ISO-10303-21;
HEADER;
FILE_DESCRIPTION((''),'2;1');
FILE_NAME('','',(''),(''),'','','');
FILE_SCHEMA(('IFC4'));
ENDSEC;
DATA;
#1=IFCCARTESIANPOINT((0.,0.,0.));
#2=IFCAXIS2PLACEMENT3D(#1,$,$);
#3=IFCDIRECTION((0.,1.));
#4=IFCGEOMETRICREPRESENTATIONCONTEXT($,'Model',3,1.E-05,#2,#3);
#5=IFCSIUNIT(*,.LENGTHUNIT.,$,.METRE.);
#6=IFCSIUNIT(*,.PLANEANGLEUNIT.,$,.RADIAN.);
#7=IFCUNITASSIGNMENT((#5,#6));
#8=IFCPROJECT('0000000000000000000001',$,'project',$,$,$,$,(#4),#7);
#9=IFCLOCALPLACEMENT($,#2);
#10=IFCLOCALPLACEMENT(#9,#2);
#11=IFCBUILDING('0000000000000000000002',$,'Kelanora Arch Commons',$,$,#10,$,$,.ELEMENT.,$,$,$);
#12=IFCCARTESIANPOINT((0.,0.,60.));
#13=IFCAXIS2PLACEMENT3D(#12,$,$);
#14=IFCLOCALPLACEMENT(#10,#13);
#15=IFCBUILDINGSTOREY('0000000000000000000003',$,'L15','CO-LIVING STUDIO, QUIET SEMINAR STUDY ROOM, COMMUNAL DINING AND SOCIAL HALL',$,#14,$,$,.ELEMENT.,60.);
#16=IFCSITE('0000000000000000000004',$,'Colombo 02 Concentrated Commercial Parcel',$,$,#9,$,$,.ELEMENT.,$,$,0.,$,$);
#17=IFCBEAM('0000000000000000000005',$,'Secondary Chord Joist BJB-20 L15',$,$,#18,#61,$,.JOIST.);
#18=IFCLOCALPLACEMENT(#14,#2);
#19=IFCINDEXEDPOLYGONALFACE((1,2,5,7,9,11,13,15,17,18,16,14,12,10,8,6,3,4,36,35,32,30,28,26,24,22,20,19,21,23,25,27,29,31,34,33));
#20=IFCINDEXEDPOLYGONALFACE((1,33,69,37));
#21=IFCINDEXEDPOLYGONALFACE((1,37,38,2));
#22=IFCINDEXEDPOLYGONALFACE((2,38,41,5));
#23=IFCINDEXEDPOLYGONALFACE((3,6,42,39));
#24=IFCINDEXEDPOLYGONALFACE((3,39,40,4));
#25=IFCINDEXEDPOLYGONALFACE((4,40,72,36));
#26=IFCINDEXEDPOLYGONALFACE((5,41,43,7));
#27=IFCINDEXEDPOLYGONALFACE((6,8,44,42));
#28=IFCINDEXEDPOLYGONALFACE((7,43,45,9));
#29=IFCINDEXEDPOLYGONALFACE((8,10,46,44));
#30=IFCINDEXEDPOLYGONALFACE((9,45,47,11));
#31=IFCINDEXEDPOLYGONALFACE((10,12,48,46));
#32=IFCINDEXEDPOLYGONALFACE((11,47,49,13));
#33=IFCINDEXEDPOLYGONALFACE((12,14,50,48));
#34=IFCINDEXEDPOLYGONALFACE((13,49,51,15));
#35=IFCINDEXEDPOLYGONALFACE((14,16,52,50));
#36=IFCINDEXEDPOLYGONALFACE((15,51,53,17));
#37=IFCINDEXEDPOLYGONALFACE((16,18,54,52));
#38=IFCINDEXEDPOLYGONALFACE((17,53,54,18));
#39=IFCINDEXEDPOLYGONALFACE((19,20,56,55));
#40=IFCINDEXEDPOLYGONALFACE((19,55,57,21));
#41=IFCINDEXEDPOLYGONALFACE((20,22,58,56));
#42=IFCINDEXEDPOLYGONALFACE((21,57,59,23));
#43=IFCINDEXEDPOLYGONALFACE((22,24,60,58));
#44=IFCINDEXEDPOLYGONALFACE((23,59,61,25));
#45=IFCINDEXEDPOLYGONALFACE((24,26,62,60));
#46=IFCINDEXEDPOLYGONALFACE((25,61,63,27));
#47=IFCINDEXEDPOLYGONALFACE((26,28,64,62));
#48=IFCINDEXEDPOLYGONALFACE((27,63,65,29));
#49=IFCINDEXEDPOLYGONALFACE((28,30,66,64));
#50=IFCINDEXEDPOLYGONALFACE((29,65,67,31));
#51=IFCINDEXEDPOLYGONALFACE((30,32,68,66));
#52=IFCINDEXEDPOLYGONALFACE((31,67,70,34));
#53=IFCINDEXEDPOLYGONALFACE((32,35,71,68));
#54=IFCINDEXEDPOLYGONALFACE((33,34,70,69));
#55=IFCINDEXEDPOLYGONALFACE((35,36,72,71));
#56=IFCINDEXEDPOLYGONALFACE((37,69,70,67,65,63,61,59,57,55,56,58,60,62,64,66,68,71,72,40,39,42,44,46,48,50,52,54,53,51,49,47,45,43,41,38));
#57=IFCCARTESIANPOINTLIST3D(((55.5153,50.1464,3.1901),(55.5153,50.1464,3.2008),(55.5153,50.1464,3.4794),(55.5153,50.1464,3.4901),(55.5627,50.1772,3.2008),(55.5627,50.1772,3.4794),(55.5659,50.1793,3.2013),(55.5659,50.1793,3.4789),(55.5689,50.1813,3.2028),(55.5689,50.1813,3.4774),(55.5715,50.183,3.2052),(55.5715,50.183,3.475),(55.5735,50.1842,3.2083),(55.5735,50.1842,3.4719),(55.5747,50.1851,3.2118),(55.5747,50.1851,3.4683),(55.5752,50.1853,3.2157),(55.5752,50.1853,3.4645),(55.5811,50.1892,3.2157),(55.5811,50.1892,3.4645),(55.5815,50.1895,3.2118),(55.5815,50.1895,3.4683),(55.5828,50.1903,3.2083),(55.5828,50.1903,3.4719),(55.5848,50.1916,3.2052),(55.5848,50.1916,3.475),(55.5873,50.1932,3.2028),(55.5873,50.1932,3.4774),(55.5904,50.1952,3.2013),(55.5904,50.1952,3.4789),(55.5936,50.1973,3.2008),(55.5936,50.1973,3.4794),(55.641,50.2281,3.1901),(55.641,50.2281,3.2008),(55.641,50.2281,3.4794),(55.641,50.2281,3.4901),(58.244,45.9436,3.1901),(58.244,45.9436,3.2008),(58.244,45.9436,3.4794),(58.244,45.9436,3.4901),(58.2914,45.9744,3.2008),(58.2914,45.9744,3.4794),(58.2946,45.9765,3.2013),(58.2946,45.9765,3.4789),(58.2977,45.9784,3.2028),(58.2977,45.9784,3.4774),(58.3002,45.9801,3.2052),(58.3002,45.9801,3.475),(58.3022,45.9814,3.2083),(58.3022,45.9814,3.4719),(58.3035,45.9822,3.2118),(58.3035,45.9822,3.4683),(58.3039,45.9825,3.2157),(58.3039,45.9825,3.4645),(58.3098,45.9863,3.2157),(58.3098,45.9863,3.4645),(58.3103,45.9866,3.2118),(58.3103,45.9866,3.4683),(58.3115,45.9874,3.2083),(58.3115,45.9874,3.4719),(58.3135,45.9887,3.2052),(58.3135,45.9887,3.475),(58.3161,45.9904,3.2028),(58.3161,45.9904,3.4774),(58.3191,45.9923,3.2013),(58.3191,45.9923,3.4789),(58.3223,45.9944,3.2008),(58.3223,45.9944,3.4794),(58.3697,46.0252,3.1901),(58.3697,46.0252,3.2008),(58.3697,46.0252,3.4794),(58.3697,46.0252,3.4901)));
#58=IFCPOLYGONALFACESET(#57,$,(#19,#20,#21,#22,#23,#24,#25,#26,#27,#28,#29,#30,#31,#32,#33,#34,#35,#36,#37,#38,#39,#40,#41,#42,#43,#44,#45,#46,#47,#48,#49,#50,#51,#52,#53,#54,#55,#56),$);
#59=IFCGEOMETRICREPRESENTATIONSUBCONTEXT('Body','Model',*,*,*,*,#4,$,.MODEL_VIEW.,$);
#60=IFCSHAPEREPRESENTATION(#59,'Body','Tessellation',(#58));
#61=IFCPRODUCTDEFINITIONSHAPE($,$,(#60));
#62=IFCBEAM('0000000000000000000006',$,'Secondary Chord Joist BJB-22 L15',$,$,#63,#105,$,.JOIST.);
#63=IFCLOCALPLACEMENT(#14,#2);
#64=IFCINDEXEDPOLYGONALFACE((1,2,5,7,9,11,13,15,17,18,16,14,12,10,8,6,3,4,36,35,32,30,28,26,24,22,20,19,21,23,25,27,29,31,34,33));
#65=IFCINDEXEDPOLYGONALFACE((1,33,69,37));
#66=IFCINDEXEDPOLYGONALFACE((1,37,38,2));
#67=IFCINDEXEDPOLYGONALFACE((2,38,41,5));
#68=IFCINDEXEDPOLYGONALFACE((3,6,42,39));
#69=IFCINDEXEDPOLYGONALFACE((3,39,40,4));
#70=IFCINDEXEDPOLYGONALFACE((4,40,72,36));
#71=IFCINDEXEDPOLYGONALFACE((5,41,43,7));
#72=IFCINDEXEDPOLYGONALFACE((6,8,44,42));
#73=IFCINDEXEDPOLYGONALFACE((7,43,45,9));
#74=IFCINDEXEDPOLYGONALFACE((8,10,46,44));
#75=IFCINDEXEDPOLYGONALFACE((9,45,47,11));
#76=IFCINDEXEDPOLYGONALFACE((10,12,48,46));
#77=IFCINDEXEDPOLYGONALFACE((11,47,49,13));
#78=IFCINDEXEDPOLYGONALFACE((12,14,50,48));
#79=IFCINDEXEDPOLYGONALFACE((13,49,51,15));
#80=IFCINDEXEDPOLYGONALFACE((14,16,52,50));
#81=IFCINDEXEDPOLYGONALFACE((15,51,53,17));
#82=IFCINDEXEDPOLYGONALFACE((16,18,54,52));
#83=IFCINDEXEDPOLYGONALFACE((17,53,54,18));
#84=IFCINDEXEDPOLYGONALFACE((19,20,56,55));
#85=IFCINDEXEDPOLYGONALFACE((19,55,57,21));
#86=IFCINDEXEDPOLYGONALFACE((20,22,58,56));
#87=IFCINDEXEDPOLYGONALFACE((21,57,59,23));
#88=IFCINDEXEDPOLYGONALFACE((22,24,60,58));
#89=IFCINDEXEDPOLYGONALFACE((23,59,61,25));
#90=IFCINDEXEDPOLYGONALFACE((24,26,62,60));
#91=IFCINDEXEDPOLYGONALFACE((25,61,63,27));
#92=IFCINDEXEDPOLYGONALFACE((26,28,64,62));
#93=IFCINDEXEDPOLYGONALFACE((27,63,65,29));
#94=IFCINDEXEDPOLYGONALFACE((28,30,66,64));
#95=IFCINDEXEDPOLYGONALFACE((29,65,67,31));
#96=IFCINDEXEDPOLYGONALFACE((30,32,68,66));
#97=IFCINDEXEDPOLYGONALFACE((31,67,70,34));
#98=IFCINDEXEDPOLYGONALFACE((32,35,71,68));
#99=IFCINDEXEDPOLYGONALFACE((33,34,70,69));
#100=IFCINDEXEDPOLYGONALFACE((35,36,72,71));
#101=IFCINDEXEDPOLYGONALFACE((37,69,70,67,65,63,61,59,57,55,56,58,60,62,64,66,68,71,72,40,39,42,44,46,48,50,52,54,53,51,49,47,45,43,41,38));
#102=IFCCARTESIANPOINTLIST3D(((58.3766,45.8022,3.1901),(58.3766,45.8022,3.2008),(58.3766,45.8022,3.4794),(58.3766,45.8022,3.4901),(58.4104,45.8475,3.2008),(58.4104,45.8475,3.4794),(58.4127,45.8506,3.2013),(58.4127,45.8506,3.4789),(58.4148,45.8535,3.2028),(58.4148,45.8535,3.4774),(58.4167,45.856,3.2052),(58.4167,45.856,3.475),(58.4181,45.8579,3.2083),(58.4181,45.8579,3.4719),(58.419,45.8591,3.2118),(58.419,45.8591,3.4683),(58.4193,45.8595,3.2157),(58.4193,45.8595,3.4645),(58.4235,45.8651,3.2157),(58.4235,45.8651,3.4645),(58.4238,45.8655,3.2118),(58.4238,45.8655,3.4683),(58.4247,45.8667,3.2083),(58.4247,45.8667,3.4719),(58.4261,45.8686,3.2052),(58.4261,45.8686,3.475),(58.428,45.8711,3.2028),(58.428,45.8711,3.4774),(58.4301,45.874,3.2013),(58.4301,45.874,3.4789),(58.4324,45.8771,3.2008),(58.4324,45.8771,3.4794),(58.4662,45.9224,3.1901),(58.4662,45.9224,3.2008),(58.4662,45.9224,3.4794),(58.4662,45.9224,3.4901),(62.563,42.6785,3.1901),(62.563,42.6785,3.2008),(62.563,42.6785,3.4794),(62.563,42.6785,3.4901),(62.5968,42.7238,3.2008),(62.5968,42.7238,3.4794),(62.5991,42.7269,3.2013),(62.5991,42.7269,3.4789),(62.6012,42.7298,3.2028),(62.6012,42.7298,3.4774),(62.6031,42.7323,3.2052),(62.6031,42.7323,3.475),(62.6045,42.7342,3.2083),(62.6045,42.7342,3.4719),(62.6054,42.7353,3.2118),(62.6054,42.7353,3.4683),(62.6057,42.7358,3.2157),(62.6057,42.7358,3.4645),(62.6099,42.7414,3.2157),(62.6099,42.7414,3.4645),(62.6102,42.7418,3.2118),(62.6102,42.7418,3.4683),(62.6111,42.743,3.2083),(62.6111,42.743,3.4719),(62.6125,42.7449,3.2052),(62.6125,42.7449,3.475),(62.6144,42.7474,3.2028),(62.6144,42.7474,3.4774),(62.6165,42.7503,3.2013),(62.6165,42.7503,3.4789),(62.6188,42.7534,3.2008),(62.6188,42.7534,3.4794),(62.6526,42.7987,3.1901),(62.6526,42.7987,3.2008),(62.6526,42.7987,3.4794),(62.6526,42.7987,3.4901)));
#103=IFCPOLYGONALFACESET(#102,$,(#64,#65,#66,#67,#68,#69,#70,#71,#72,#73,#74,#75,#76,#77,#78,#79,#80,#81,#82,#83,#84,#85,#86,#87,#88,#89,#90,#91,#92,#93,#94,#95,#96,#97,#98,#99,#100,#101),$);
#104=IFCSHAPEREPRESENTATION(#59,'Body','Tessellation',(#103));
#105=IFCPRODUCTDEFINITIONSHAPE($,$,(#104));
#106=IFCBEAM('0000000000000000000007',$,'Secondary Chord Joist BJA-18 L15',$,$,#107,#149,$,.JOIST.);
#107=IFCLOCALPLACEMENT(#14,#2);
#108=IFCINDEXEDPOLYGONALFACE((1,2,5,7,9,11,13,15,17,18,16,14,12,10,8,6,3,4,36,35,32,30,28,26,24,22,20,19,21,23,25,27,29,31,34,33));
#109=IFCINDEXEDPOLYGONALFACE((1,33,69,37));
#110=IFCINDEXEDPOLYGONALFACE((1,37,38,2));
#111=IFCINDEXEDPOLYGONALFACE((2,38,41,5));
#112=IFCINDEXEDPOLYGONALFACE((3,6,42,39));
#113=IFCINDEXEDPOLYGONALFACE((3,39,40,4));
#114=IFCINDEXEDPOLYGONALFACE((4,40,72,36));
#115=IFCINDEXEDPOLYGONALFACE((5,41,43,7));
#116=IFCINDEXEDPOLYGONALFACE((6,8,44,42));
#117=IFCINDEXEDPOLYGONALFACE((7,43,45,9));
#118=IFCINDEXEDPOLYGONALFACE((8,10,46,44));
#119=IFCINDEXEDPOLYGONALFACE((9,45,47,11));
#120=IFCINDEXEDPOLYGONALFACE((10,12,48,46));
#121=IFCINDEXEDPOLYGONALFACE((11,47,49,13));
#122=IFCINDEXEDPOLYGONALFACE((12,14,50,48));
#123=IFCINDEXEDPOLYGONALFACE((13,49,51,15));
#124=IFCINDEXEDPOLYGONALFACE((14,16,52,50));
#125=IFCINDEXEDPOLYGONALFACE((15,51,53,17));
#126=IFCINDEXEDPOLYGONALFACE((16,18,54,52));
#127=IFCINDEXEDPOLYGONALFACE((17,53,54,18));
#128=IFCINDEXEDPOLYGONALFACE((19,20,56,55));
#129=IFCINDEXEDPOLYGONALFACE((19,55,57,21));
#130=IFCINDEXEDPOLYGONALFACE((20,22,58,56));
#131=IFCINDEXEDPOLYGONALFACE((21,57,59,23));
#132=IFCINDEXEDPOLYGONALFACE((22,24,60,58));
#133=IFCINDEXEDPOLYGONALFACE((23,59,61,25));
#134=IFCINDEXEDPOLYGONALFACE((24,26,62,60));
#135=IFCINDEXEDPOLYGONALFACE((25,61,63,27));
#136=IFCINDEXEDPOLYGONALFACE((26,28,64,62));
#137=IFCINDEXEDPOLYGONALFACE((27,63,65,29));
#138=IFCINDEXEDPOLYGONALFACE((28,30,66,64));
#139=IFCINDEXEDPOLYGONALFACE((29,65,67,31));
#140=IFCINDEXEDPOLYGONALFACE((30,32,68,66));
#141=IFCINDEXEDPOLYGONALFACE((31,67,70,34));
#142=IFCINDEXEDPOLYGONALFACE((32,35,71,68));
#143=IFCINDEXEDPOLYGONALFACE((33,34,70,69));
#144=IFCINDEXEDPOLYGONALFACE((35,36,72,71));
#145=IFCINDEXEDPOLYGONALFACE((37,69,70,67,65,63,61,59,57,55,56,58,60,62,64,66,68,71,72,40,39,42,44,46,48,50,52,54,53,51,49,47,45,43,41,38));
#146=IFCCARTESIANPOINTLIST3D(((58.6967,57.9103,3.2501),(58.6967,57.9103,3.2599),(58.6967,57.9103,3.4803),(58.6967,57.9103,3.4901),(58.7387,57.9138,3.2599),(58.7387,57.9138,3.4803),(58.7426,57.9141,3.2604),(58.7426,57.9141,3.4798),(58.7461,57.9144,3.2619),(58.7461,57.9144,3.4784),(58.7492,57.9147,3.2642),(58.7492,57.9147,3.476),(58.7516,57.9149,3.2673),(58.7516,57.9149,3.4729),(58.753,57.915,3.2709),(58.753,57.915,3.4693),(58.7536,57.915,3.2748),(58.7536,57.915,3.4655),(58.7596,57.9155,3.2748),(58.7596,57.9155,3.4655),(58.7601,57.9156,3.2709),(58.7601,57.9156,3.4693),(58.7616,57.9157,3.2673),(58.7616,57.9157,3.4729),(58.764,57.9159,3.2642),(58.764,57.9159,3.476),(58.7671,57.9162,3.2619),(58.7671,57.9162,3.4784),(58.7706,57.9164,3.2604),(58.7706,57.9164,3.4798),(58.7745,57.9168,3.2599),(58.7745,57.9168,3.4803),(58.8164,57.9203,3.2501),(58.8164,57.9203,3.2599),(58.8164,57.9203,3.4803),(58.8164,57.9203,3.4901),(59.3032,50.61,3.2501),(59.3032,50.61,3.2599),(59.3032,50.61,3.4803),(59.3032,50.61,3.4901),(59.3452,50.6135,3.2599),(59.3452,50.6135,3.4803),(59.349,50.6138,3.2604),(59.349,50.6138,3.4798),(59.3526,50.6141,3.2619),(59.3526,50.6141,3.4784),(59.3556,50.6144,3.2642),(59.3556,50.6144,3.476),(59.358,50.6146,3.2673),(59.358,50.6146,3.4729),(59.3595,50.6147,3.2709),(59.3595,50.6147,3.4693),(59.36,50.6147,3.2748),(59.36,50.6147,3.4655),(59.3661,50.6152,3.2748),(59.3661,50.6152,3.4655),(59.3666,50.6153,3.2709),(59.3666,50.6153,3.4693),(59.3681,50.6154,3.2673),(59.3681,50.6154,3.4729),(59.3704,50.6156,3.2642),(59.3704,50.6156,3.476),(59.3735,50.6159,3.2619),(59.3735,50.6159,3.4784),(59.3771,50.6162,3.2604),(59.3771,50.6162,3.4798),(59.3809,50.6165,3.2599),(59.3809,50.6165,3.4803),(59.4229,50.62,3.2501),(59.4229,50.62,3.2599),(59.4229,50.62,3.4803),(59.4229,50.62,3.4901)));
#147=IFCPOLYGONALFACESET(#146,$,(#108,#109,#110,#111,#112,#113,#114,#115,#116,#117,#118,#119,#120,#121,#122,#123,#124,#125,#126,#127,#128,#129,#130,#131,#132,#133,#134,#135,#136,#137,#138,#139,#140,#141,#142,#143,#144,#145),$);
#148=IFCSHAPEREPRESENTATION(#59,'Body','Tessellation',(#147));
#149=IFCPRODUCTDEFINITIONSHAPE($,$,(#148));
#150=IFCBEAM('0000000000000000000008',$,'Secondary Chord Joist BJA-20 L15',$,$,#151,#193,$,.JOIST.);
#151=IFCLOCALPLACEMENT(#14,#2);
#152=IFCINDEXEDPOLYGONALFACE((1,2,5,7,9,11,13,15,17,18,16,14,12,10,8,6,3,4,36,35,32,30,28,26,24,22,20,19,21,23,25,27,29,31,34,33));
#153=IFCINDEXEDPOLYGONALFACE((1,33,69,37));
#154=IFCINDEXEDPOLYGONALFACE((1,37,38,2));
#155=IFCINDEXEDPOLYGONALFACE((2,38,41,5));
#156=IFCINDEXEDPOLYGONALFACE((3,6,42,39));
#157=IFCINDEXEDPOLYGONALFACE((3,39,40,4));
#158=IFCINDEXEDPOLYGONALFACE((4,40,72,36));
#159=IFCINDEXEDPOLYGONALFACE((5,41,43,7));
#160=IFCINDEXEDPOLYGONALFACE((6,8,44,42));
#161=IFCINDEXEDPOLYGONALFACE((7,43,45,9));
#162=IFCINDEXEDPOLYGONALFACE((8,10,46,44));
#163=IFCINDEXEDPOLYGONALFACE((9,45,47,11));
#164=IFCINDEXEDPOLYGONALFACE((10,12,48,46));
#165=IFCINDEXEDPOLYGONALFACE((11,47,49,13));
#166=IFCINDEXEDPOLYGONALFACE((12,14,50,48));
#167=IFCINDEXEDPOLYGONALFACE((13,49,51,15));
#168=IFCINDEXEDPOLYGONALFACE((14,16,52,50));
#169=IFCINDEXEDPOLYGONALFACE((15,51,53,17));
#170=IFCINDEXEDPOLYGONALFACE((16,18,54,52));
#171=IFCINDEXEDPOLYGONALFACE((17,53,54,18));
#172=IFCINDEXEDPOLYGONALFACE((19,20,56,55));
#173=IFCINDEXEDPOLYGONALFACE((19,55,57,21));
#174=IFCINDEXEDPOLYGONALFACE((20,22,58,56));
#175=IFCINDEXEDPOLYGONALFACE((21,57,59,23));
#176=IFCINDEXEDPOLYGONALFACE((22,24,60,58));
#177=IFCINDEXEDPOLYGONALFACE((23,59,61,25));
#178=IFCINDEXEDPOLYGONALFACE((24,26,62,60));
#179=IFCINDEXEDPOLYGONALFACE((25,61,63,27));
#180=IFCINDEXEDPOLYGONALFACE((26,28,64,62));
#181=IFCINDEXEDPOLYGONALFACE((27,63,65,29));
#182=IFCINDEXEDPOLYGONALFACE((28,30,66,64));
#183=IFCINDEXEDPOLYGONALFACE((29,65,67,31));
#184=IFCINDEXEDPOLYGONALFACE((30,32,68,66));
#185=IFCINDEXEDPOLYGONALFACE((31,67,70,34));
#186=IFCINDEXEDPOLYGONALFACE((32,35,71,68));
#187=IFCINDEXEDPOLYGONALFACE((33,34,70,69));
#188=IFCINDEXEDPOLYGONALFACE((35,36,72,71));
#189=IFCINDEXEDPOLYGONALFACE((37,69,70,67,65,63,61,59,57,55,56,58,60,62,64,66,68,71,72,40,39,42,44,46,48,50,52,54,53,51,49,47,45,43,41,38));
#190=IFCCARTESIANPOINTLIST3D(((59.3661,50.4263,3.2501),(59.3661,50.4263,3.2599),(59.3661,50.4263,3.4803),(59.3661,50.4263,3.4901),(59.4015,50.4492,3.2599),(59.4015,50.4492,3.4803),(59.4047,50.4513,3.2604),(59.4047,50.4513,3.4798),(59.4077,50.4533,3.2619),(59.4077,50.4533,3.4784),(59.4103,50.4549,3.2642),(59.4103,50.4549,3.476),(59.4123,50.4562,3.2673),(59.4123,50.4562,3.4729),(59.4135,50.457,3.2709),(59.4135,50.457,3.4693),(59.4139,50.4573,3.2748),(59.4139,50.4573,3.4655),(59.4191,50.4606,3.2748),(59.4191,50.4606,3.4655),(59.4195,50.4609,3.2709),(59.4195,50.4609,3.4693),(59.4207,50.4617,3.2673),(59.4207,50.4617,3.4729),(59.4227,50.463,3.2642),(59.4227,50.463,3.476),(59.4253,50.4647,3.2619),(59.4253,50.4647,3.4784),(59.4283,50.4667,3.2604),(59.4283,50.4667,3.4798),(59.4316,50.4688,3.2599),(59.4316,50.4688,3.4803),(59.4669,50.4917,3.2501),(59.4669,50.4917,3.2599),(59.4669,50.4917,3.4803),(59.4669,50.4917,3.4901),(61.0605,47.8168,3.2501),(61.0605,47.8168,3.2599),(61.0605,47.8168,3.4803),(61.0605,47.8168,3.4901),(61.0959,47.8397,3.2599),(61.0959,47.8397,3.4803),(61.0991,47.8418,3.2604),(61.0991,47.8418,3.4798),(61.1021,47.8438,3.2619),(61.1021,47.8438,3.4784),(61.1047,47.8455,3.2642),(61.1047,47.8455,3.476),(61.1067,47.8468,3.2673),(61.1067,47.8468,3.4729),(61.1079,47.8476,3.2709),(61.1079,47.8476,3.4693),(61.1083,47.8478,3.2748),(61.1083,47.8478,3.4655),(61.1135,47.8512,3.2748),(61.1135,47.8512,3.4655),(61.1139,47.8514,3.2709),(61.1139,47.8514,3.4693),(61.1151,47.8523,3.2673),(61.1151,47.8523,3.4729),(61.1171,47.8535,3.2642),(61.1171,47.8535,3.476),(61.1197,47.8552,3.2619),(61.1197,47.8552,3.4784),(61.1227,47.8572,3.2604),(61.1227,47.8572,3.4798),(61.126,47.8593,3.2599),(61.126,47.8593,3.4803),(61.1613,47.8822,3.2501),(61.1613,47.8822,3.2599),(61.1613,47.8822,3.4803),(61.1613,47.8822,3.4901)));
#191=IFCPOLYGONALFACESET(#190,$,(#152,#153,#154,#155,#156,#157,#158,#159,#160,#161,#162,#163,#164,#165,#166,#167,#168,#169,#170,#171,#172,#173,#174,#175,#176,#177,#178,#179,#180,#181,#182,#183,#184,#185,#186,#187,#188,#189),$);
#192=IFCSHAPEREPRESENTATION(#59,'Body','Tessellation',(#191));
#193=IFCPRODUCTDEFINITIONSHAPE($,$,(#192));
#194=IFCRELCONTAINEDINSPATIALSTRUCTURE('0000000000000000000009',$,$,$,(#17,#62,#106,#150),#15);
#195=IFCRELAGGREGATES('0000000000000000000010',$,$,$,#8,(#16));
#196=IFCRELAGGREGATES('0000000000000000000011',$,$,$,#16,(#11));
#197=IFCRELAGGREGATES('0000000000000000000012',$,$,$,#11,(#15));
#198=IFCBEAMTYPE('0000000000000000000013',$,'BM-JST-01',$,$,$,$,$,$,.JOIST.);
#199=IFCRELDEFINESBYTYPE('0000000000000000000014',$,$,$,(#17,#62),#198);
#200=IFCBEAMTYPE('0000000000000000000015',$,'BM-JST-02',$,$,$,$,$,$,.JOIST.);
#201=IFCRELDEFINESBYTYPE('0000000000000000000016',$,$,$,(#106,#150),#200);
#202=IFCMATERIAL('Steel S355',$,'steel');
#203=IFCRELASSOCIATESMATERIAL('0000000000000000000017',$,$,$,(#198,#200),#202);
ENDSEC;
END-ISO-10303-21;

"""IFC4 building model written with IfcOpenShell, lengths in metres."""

from ifc_helpers import new_model, si_unit, direction, frame, origin, origin_2d, place, context, subcontext, project, spatial, i_section, extrude, material, material_profile, profile_set, type_object, element, save


model = new_model("IFC4")

# Units and contexts
model_context = context("Model", 3, precision=1e-05, world=origin(), true_north=direction((0.0, 1.0)))
body_context = subcontext(model_context, "Body", "Model", "MODEL_VIEW")
ifc_project = project(units=[si_unit("LENGTHUNIT", "METRE"), si_unit("PLANEANGLEUNIT", "RADIAN")], contexts=[model_context])

# Site, building, storey
site_placement = place(None, origin())
site = spatial("IfcSite", under=ifc_project, at=site_placement, Name="Colombo 02 Concentrated Commercial Parcel", CompositionType="ELEMENT", RefElevation=0.0)
building_placement = place(site_placement, origin())
building = spatial("IfcBuilding", under=site, at=building_placement, Name="Kelanora Arch Commons", CompositionType="ELEMENT")
storey_placement = place(building_placement, frame((0.0, 0.0, 60.0)))
storey = spatial("IfcBuildingStorey", under=building, at=storey_placement, Name="L15", Description="CO-LIVING STUDIO, QUIET SEMINAR STUDY ROOM, COMMUNAL DINING AND SOCIAL HALL", CompositionType="ELEMENT", Elevation=60.0)

# Beams
ifc_material_1 = material(Name="Steel S355", Category="steel")
ifc_material_profile_1 = material_profile(ifc_material_1, i_section(OverallWidth=0.1499, OverallDepth=0.3, WebThickness=0.0071, FlangeThickness=0.0107, FilletRadius=0.0149, at=origin_2d()), Name="IPE300")
ifc_profile_set_1 = profile_set([ifc_material_profile_1], Name="Steel S355")
beam_type_1 = type_object("IfcBeamType", Name="BM-JST-01", PredefinedType="JOIST", material=ifc_profile_set_1)
beam_1_placement = place(storey_placement, frame((55.5781, 50.1873, 3.3401), z_axis=(0.544552, -0.838727, 0.0), x_axis=(0.838727, 0.544552, 0.0)))
element("IfcBeam", 1, at=beam_1_placement, inside=storey, type_object=beam_type_1, Name="Secondary Chord Joist BJB-20 L15", PredefinedType="JOIST", context=body_context, shape_type="SweptSolid", body=[
    extrude(i_section(OverallWidth=0.1499, OverallDepth=0.3, WebThickness=0.0071, FlangeThickness=0.0107, FilletRadius=0.0149, at=origin_2d()), origin(), (0.0, 0.0, 1.0), 5.011),
])
beam_2_placement = place(storey_placement, frame((58.4214, 45.8623, 3.3401), z_axis=(0.801478, -0.598024, 0.0), x_axis=(0.598024, 0.801478, 0.0)))
element("IfcBeam", 2, at=beam_2_placement, inside=storey, type_object=beam_type_1, Name="Secondary Chord Joist BJB-22 L15", PredefinedType="JOIST", context=body_context, shape_type="SweptSolid", body=[
    extrude(i_section(OverallWidth=0.1499, OverallDepth=0.3, WebThickness=0.0071, FlangeThickness=0.0107, FilletRadius=0.0149, at=origin_2d()), origin(), (0.0, 0.0, 1.0), 5.2234),
])
ifc_material_profile_2 = material_profile(ifc_material_1, i_section(OverallWidth=0.1201, OverallDepth=0.24, WebThickness=0.0061, FlangeThickness=0.0098, FilletRadius=0.0149, at=origin_2d()), Name="IPE240")
ifc_profile_set_2 = profile_set([ifc_material_profile_2], Name="Steel S355")
beam_type_2 = type_object("IfcBeamType", Name="BM-JST-02", PredefinedType="JOIST", material=ifc_profile_set_2)
beam_3_placement = place(storey_placement, frame((58.7566, 57.9153, 3.3701), z_axis=(0.082786, -0.996567, 0.0), x_axis=(0.996567, 0.082786, 0.0)))
element("IfcBeam", 3, at=beam_3_placement, inside=storey, type_object=beam_type_2, Name="Secondary Chord Joist BJA-18 L15", PredefinedType="JOIST", context=body_context, shape_type="SweptSolid", body=[
    extrude(i_section(OverallWidth=0.1201, OverallDepth=0.24, WebThickness=0.0061, FlangeThickness=0.0098, FilletRadius=0.0149, at=origin_2d()), origin(), (0.0, 0.0, 1.0), 7.3254),
])
beam_4_placement = place(storey_placement, frame((59.4165, 50.459, 3.3701), z_axis=(0.544591, -0.838702, 0.0), x_axis=(0.838702, 0.544591, 0.0)))
element("IfcBeam", 4, at=beam_4_placement, inside=storey, type_object=beam_type_2, Name="Secondary Chord Joist BJA-20 L15", PredefinedType="JOIST", context=body_context, shape_type="SweptSolid", body=[
    extrude(i_section(OverallWidth=0.1201, OverallDepth=0.24, WebThickness=0.0061, FlangeThickness=0.0098, FilletRadius=0.0149, at=origin_2d()), origin(), (0.0, 0.0, 1.0), 3.1113),
])

save(model, "model.ifc")
